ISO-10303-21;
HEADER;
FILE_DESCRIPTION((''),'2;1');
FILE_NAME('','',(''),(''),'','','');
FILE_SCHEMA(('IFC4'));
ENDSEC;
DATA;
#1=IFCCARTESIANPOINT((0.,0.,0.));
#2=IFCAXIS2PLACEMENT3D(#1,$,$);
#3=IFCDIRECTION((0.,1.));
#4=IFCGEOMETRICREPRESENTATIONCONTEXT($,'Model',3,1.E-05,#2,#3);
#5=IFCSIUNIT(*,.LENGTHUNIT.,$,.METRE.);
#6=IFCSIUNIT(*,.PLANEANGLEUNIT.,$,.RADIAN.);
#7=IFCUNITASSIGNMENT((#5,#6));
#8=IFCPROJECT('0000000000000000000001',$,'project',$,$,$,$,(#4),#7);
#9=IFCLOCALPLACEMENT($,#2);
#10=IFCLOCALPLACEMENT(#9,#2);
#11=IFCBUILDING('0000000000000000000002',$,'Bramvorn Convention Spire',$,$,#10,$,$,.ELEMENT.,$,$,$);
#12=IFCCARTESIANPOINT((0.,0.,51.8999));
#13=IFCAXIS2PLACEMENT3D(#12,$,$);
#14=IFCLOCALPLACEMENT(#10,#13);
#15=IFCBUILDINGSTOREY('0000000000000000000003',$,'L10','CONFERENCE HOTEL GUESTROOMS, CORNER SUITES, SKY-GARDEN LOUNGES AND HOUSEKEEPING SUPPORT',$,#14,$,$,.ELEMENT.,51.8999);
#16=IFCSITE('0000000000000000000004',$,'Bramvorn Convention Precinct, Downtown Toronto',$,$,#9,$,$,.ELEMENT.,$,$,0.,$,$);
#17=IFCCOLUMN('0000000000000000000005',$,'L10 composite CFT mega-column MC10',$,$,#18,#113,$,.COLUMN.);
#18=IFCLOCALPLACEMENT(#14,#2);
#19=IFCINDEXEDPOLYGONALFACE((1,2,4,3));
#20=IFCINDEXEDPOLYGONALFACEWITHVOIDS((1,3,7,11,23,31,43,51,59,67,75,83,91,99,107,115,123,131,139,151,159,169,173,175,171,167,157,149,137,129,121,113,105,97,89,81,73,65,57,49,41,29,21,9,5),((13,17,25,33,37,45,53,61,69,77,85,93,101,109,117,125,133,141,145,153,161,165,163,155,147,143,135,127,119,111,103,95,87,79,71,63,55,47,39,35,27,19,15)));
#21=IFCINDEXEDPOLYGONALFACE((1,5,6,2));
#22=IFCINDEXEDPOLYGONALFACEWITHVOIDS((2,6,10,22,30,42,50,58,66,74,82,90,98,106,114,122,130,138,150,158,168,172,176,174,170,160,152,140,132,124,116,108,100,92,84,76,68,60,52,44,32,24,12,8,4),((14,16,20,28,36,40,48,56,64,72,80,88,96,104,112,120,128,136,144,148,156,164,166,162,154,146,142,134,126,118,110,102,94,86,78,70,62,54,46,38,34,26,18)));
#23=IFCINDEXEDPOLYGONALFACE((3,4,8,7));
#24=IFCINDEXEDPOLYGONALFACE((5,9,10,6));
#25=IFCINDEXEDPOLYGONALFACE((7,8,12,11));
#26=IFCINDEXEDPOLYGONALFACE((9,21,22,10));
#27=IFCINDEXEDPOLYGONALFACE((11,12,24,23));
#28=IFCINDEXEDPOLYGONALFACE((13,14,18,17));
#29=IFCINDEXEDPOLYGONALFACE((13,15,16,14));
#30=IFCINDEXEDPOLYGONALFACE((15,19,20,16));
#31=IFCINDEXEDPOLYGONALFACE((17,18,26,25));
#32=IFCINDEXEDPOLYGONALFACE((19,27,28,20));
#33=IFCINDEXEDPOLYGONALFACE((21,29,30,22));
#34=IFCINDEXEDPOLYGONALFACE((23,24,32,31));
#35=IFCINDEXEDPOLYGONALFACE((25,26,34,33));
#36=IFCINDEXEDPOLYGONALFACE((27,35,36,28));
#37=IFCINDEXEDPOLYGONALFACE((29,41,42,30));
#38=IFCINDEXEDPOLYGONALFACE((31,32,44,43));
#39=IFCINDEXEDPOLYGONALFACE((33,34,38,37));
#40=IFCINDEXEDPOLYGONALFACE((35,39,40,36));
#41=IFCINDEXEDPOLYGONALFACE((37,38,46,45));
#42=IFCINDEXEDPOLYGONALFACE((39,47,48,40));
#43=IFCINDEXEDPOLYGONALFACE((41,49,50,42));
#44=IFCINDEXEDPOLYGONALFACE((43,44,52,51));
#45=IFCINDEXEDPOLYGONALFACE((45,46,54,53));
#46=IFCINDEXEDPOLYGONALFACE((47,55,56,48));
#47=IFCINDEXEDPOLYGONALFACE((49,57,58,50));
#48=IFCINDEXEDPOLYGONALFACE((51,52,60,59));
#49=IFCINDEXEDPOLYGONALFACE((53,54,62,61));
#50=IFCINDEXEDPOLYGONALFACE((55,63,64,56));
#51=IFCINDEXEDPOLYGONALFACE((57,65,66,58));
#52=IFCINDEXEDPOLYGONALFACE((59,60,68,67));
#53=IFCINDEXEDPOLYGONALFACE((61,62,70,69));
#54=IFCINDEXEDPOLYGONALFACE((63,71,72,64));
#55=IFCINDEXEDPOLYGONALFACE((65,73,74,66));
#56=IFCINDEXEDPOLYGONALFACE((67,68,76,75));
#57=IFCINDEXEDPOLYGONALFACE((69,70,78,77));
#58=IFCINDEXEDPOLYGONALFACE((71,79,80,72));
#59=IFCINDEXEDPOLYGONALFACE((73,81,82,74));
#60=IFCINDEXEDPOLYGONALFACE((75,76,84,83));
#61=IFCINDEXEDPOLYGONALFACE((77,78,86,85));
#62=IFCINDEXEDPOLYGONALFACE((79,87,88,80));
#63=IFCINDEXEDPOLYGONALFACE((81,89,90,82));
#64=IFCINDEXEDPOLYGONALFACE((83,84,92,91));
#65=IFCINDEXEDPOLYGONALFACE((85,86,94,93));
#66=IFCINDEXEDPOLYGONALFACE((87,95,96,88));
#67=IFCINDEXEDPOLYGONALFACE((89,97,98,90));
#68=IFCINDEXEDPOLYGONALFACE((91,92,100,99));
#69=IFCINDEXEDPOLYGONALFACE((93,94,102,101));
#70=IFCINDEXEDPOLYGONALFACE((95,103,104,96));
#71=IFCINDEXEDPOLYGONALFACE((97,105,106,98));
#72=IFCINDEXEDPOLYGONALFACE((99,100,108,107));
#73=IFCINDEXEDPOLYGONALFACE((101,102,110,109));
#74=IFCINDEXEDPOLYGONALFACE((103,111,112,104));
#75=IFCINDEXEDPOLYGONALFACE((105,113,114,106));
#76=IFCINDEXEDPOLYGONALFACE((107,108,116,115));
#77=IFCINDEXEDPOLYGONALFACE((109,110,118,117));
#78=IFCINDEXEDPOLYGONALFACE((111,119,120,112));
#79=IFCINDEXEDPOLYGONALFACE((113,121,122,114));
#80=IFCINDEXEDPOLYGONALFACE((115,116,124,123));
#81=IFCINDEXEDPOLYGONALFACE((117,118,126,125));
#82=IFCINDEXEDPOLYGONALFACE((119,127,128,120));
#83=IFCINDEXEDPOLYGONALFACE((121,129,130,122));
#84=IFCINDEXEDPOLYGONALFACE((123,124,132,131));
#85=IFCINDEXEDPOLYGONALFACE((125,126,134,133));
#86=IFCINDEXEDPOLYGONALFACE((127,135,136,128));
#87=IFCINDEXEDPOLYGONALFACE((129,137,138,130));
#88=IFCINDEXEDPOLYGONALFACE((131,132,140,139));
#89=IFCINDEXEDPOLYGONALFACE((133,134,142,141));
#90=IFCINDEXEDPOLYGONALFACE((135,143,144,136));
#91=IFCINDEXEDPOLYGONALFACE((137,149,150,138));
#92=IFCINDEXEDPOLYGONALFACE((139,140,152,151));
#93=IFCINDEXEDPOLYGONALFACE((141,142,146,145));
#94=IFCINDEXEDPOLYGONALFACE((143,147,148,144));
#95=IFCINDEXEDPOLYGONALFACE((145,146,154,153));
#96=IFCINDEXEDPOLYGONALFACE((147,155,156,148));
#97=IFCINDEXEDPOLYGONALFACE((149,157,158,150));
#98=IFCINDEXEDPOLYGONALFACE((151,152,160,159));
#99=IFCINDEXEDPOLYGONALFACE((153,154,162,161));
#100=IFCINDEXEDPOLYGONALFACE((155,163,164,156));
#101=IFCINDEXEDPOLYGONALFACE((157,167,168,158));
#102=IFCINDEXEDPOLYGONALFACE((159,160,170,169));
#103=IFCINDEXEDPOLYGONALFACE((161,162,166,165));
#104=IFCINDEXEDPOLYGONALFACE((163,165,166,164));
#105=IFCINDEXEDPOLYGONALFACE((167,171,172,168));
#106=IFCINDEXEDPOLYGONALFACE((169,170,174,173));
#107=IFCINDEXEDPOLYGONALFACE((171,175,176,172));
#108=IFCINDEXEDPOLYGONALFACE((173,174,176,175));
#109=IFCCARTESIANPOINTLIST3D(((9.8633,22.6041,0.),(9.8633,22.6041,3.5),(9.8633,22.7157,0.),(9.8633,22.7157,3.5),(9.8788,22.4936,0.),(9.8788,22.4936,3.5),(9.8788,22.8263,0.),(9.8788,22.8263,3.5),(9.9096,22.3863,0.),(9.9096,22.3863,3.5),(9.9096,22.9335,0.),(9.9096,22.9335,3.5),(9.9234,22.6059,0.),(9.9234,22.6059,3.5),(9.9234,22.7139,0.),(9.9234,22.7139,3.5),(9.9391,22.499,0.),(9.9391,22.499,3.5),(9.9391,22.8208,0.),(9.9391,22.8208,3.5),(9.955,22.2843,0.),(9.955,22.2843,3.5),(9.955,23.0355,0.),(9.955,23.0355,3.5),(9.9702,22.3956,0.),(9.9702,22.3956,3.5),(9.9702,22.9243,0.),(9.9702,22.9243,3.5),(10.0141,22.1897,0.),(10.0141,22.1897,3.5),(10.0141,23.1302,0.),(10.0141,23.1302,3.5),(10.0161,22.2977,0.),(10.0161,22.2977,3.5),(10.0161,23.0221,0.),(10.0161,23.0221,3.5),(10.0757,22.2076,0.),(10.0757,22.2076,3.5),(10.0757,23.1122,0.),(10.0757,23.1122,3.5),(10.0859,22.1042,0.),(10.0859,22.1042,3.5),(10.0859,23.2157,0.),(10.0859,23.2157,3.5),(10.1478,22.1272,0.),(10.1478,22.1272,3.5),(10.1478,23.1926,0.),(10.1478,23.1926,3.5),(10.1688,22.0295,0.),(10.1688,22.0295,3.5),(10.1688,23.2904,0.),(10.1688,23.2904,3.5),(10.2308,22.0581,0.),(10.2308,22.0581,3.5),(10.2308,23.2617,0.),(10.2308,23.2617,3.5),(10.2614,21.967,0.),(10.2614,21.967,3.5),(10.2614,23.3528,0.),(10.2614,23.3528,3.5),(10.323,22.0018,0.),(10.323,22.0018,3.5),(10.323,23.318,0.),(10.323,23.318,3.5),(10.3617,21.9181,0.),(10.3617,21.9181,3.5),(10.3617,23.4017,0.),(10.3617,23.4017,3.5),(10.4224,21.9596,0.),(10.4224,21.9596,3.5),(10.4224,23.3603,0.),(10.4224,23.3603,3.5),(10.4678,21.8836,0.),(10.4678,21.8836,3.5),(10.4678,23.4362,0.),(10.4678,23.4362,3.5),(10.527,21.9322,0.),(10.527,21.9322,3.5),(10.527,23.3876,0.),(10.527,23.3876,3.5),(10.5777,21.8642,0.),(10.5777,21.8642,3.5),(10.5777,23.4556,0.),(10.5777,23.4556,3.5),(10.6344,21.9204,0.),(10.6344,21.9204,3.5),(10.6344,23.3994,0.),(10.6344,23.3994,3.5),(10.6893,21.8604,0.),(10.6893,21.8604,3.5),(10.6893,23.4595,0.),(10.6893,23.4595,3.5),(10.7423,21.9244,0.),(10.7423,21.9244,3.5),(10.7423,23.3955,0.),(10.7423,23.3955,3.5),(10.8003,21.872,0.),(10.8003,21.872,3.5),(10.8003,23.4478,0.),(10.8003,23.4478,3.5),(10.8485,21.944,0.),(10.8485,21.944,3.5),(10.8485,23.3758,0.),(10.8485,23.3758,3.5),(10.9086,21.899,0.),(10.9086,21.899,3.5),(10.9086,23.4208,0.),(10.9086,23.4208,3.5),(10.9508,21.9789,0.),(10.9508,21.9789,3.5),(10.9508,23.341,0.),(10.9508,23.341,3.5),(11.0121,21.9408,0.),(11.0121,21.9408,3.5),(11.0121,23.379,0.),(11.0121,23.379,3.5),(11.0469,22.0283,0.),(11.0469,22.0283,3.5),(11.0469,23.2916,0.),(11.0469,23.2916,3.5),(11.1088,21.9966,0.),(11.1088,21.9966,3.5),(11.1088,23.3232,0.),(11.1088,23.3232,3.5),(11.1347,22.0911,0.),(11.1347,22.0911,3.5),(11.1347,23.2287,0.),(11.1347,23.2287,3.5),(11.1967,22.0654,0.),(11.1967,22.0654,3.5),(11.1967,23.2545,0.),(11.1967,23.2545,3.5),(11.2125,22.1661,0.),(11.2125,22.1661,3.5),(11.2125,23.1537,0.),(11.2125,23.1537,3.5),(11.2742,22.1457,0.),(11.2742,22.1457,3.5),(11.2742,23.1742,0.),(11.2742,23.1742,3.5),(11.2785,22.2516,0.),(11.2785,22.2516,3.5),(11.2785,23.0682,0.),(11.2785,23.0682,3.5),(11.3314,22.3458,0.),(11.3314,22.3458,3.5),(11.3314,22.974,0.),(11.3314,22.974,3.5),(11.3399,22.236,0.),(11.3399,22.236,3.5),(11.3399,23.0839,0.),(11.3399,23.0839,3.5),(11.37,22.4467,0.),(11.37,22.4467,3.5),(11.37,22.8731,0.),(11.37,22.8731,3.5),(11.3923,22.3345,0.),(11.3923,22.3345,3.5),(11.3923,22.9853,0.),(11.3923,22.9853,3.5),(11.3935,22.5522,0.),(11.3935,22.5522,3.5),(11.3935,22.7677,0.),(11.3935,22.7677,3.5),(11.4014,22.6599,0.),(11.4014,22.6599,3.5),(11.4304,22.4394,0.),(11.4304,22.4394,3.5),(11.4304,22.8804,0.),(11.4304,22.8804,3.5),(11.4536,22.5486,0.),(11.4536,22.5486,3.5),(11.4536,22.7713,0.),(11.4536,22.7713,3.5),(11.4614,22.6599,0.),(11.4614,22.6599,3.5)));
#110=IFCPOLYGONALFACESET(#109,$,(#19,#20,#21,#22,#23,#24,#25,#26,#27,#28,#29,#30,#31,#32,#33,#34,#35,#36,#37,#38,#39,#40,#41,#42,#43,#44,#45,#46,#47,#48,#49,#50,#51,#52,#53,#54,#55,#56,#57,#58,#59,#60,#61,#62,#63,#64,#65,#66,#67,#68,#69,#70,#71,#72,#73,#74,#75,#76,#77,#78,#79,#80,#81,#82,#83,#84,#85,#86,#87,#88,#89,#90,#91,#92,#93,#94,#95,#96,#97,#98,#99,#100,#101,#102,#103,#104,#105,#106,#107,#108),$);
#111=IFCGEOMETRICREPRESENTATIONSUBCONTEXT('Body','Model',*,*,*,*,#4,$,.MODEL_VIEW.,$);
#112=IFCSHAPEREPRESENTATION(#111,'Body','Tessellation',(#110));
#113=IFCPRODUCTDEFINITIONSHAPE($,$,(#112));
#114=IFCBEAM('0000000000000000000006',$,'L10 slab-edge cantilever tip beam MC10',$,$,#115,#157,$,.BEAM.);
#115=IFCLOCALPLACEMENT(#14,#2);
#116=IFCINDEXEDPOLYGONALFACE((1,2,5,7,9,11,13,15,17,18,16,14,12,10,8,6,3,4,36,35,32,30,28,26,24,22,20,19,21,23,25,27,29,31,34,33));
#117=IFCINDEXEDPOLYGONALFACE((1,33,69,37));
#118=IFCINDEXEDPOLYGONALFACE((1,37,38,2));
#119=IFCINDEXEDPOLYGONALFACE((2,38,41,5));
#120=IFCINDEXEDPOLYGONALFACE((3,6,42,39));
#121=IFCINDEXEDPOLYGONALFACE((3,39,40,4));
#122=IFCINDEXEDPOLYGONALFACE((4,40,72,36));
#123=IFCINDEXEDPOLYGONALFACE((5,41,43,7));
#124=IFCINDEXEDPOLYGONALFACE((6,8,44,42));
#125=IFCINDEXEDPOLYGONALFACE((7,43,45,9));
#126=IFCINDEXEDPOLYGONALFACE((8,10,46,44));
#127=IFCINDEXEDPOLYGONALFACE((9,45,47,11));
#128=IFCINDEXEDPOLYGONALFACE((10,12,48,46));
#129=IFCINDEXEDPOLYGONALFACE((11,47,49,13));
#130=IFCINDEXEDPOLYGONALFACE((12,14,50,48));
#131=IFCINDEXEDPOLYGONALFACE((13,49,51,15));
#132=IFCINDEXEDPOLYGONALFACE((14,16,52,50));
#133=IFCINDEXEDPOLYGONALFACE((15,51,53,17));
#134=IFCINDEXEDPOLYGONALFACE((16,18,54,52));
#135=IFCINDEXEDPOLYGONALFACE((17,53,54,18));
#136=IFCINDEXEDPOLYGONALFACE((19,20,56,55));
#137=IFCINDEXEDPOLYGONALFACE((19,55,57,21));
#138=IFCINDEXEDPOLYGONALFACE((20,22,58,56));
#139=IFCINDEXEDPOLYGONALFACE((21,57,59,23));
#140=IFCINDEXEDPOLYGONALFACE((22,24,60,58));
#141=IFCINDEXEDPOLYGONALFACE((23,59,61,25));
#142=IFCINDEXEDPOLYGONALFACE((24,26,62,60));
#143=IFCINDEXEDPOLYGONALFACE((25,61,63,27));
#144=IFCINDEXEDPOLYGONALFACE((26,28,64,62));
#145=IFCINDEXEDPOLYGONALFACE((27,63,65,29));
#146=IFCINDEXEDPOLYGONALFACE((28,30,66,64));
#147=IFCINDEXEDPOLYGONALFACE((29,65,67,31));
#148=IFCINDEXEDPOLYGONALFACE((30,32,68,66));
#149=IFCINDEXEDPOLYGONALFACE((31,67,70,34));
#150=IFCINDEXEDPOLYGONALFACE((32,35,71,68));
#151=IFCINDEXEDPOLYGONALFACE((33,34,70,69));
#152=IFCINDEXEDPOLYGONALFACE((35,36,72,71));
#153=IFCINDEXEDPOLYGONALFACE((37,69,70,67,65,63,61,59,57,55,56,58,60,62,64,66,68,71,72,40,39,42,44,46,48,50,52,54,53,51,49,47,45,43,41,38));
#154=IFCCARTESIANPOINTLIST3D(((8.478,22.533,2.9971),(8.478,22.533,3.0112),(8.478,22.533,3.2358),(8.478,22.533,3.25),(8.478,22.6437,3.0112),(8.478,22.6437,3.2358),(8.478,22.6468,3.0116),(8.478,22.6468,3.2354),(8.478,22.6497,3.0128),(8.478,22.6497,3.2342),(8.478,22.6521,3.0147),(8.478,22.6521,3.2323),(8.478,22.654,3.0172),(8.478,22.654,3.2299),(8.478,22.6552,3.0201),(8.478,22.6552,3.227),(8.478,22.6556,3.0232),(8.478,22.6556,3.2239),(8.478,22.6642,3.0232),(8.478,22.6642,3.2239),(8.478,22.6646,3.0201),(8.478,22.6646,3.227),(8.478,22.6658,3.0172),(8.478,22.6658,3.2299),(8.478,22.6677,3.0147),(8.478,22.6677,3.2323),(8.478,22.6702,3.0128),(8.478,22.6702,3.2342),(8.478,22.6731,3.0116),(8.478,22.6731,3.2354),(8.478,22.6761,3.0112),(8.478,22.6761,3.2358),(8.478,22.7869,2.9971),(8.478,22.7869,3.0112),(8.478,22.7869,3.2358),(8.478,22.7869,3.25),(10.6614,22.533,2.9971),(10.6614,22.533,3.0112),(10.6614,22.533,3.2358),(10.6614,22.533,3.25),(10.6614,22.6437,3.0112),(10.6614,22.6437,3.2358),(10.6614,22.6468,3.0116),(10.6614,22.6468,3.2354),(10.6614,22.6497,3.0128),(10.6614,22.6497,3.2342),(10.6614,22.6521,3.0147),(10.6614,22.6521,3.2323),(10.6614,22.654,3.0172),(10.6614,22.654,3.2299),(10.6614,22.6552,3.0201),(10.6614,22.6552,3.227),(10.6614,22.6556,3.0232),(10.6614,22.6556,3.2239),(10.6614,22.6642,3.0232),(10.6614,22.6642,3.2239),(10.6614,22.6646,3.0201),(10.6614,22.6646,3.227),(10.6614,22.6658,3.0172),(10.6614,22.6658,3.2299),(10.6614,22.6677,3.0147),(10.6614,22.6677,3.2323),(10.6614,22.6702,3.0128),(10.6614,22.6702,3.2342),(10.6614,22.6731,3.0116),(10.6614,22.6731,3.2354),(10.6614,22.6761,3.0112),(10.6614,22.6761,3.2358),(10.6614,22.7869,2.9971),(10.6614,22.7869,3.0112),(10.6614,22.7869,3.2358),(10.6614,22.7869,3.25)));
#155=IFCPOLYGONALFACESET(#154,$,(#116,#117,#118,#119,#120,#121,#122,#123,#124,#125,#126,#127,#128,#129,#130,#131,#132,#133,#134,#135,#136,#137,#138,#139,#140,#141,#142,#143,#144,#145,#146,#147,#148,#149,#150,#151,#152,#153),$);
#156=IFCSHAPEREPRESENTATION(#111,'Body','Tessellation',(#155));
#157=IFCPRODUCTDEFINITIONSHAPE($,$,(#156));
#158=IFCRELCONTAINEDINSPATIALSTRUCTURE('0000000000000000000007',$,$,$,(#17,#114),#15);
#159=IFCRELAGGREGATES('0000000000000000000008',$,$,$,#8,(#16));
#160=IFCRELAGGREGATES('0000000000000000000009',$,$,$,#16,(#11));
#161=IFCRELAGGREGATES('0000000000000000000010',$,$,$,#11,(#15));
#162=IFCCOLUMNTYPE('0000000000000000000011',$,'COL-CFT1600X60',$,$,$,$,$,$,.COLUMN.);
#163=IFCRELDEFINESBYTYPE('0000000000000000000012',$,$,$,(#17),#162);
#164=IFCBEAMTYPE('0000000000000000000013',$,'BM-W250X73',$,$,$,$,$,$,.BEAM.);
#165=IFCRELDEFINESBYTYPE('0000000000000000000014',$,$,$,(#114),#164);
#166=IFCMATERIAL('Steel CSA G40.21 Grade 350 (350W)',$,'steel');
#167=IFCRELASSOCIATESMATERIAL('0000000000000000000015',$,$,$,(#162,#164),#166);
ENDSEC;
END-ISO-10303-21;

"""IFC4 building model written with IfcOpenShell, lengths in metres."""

from ifc_helpers import new_model, si_unit, direction, frame, origin, origin_2d, place, context, subcontext, project, spatial, hollow_circle, i_section, extrude, material, material_profile, profile_set, type_object, element, save


model = new_model("IFC4")

# Units and contexts
model_context = context("Model", 3, precision=1e-05, world=origin(), true_north=direction((0.0, 1.0)))
body_context = subcontext(model_context, "Body", "Model", "MODEL_VIEW")
ifc_project = project(units=[si_unit("LENGTHUNIT", "METRE"), si_unit("PLANEANGLEUNIT", "RADIAN")], contexts=[model_context])

# Site, building, storey
site_placement = place(None, origin())
site = spatial("IfcSite", under=ifc_project, at=site_placement, Name="Bramvorn Convention Precinct, Downtown Toronto", CompositionType="ELEMENT", RefElevation=0.0)
building_placement = place(site_placement, origin())
building = spatial("IfcBuilding", under=site, at=building_placement, Name="Bramvorn Convention Spire", CompositionType="ELEMENT")
storey_placement = place(building_placement, frame((0.0, 0.0, 51.8999)))
storey = spatial("IfcBuildingStorey", under=building, at=storey_placement, Name="L10", Description="CONFERENCE HOTEL GUESTROOMS, CORNER SUITES, SKY-GARDEN LOUNGES AND HOUSEKEEPING SUPPORT", CompositionType="ELEMENT", Elevation=51.8999)

# Column
ifc_material_1 = material(Name="Steel CSA G40.21 Grade 350 (350W)", Category="steel")
ifc_material_profile_1 = material_profile(ifc_material_1, hollow_circle(Radius=0.8, WallThickness=0.0601, at=origin_2d()))
ifc_profile_set_1 = profile_set([ifc_material_profile_1], Name="Steel CSA G40.21 Grade 350 (350W) - CFT1600X60")
column_type = type_object("IfcColumnType", Name="COL-CFT1600X60", PredefinedType="COLUMN", material=ifc_profile_set_1)
column_placement = place(storey_placement, frame((10.6614, 22.6599, 0.0), z_axis=(0.0, 0.0, 1.0), x_axis=(1.0, 0.0, 0.0)))
element("IfcColumn", 1, at=column_placement, inside=storey, type_object=column_type, Name="L10 composite CFT mega-column MC10", PredefinedType="COLUMN", context=body_context, shape_type="SweptSolid", body=[
    extrude(hollow_circle(Radius=0.8, WallThickness=0.0601, at=origin_2d()), origin(), (0.0, 0.0, 1.0), 3.5),
])

# Beam
ifc_material_profile_2 = material_profile(ifc_material_1, i_section(OverallWidth=0.2539, OverallDepth=0.2529, WebThickness=0.0085, FlangeThickness=0.0142, FilletRadius=0.012, at=origin_2d()))
ifc_profile_set_2 = profile_set([ifc_material_profile_2], Name="Steel CSA G40.21 Grade 350 (350W) - W250X73")
beam_type_1 = type_object("IfcBeamType", Name="BM-W250X73", PredefinedType="BEAM", material=ifc_profile_set_2)
beam_1_placement = place(storey_placement, frame((10.6614, 22.6599, 3.1235), z_axis=(-1.0, 0.0, 0.0), x_axis=(0.0, -1.0, 0.0)))
element("IfcBeam", 2, at=beam_1_placement, inside=storey, type_object=beam_type_1, Name="L10 slab-edge cantilever tip beam MC10", PredefinedType="BEAM", context=body_context, shape_type="SweptSolid", body=[
    extrude(i_section(OverallWidth=0.2539, OverallDepth=0.2529, WebThickness=0.0085, FlangeThickness=0.0142, FilletRadius=0.012, at=origin_2d()), origin(), (0.0, 0.0, 1.0), 2.1833),
])

save(model, "model.ifc")
